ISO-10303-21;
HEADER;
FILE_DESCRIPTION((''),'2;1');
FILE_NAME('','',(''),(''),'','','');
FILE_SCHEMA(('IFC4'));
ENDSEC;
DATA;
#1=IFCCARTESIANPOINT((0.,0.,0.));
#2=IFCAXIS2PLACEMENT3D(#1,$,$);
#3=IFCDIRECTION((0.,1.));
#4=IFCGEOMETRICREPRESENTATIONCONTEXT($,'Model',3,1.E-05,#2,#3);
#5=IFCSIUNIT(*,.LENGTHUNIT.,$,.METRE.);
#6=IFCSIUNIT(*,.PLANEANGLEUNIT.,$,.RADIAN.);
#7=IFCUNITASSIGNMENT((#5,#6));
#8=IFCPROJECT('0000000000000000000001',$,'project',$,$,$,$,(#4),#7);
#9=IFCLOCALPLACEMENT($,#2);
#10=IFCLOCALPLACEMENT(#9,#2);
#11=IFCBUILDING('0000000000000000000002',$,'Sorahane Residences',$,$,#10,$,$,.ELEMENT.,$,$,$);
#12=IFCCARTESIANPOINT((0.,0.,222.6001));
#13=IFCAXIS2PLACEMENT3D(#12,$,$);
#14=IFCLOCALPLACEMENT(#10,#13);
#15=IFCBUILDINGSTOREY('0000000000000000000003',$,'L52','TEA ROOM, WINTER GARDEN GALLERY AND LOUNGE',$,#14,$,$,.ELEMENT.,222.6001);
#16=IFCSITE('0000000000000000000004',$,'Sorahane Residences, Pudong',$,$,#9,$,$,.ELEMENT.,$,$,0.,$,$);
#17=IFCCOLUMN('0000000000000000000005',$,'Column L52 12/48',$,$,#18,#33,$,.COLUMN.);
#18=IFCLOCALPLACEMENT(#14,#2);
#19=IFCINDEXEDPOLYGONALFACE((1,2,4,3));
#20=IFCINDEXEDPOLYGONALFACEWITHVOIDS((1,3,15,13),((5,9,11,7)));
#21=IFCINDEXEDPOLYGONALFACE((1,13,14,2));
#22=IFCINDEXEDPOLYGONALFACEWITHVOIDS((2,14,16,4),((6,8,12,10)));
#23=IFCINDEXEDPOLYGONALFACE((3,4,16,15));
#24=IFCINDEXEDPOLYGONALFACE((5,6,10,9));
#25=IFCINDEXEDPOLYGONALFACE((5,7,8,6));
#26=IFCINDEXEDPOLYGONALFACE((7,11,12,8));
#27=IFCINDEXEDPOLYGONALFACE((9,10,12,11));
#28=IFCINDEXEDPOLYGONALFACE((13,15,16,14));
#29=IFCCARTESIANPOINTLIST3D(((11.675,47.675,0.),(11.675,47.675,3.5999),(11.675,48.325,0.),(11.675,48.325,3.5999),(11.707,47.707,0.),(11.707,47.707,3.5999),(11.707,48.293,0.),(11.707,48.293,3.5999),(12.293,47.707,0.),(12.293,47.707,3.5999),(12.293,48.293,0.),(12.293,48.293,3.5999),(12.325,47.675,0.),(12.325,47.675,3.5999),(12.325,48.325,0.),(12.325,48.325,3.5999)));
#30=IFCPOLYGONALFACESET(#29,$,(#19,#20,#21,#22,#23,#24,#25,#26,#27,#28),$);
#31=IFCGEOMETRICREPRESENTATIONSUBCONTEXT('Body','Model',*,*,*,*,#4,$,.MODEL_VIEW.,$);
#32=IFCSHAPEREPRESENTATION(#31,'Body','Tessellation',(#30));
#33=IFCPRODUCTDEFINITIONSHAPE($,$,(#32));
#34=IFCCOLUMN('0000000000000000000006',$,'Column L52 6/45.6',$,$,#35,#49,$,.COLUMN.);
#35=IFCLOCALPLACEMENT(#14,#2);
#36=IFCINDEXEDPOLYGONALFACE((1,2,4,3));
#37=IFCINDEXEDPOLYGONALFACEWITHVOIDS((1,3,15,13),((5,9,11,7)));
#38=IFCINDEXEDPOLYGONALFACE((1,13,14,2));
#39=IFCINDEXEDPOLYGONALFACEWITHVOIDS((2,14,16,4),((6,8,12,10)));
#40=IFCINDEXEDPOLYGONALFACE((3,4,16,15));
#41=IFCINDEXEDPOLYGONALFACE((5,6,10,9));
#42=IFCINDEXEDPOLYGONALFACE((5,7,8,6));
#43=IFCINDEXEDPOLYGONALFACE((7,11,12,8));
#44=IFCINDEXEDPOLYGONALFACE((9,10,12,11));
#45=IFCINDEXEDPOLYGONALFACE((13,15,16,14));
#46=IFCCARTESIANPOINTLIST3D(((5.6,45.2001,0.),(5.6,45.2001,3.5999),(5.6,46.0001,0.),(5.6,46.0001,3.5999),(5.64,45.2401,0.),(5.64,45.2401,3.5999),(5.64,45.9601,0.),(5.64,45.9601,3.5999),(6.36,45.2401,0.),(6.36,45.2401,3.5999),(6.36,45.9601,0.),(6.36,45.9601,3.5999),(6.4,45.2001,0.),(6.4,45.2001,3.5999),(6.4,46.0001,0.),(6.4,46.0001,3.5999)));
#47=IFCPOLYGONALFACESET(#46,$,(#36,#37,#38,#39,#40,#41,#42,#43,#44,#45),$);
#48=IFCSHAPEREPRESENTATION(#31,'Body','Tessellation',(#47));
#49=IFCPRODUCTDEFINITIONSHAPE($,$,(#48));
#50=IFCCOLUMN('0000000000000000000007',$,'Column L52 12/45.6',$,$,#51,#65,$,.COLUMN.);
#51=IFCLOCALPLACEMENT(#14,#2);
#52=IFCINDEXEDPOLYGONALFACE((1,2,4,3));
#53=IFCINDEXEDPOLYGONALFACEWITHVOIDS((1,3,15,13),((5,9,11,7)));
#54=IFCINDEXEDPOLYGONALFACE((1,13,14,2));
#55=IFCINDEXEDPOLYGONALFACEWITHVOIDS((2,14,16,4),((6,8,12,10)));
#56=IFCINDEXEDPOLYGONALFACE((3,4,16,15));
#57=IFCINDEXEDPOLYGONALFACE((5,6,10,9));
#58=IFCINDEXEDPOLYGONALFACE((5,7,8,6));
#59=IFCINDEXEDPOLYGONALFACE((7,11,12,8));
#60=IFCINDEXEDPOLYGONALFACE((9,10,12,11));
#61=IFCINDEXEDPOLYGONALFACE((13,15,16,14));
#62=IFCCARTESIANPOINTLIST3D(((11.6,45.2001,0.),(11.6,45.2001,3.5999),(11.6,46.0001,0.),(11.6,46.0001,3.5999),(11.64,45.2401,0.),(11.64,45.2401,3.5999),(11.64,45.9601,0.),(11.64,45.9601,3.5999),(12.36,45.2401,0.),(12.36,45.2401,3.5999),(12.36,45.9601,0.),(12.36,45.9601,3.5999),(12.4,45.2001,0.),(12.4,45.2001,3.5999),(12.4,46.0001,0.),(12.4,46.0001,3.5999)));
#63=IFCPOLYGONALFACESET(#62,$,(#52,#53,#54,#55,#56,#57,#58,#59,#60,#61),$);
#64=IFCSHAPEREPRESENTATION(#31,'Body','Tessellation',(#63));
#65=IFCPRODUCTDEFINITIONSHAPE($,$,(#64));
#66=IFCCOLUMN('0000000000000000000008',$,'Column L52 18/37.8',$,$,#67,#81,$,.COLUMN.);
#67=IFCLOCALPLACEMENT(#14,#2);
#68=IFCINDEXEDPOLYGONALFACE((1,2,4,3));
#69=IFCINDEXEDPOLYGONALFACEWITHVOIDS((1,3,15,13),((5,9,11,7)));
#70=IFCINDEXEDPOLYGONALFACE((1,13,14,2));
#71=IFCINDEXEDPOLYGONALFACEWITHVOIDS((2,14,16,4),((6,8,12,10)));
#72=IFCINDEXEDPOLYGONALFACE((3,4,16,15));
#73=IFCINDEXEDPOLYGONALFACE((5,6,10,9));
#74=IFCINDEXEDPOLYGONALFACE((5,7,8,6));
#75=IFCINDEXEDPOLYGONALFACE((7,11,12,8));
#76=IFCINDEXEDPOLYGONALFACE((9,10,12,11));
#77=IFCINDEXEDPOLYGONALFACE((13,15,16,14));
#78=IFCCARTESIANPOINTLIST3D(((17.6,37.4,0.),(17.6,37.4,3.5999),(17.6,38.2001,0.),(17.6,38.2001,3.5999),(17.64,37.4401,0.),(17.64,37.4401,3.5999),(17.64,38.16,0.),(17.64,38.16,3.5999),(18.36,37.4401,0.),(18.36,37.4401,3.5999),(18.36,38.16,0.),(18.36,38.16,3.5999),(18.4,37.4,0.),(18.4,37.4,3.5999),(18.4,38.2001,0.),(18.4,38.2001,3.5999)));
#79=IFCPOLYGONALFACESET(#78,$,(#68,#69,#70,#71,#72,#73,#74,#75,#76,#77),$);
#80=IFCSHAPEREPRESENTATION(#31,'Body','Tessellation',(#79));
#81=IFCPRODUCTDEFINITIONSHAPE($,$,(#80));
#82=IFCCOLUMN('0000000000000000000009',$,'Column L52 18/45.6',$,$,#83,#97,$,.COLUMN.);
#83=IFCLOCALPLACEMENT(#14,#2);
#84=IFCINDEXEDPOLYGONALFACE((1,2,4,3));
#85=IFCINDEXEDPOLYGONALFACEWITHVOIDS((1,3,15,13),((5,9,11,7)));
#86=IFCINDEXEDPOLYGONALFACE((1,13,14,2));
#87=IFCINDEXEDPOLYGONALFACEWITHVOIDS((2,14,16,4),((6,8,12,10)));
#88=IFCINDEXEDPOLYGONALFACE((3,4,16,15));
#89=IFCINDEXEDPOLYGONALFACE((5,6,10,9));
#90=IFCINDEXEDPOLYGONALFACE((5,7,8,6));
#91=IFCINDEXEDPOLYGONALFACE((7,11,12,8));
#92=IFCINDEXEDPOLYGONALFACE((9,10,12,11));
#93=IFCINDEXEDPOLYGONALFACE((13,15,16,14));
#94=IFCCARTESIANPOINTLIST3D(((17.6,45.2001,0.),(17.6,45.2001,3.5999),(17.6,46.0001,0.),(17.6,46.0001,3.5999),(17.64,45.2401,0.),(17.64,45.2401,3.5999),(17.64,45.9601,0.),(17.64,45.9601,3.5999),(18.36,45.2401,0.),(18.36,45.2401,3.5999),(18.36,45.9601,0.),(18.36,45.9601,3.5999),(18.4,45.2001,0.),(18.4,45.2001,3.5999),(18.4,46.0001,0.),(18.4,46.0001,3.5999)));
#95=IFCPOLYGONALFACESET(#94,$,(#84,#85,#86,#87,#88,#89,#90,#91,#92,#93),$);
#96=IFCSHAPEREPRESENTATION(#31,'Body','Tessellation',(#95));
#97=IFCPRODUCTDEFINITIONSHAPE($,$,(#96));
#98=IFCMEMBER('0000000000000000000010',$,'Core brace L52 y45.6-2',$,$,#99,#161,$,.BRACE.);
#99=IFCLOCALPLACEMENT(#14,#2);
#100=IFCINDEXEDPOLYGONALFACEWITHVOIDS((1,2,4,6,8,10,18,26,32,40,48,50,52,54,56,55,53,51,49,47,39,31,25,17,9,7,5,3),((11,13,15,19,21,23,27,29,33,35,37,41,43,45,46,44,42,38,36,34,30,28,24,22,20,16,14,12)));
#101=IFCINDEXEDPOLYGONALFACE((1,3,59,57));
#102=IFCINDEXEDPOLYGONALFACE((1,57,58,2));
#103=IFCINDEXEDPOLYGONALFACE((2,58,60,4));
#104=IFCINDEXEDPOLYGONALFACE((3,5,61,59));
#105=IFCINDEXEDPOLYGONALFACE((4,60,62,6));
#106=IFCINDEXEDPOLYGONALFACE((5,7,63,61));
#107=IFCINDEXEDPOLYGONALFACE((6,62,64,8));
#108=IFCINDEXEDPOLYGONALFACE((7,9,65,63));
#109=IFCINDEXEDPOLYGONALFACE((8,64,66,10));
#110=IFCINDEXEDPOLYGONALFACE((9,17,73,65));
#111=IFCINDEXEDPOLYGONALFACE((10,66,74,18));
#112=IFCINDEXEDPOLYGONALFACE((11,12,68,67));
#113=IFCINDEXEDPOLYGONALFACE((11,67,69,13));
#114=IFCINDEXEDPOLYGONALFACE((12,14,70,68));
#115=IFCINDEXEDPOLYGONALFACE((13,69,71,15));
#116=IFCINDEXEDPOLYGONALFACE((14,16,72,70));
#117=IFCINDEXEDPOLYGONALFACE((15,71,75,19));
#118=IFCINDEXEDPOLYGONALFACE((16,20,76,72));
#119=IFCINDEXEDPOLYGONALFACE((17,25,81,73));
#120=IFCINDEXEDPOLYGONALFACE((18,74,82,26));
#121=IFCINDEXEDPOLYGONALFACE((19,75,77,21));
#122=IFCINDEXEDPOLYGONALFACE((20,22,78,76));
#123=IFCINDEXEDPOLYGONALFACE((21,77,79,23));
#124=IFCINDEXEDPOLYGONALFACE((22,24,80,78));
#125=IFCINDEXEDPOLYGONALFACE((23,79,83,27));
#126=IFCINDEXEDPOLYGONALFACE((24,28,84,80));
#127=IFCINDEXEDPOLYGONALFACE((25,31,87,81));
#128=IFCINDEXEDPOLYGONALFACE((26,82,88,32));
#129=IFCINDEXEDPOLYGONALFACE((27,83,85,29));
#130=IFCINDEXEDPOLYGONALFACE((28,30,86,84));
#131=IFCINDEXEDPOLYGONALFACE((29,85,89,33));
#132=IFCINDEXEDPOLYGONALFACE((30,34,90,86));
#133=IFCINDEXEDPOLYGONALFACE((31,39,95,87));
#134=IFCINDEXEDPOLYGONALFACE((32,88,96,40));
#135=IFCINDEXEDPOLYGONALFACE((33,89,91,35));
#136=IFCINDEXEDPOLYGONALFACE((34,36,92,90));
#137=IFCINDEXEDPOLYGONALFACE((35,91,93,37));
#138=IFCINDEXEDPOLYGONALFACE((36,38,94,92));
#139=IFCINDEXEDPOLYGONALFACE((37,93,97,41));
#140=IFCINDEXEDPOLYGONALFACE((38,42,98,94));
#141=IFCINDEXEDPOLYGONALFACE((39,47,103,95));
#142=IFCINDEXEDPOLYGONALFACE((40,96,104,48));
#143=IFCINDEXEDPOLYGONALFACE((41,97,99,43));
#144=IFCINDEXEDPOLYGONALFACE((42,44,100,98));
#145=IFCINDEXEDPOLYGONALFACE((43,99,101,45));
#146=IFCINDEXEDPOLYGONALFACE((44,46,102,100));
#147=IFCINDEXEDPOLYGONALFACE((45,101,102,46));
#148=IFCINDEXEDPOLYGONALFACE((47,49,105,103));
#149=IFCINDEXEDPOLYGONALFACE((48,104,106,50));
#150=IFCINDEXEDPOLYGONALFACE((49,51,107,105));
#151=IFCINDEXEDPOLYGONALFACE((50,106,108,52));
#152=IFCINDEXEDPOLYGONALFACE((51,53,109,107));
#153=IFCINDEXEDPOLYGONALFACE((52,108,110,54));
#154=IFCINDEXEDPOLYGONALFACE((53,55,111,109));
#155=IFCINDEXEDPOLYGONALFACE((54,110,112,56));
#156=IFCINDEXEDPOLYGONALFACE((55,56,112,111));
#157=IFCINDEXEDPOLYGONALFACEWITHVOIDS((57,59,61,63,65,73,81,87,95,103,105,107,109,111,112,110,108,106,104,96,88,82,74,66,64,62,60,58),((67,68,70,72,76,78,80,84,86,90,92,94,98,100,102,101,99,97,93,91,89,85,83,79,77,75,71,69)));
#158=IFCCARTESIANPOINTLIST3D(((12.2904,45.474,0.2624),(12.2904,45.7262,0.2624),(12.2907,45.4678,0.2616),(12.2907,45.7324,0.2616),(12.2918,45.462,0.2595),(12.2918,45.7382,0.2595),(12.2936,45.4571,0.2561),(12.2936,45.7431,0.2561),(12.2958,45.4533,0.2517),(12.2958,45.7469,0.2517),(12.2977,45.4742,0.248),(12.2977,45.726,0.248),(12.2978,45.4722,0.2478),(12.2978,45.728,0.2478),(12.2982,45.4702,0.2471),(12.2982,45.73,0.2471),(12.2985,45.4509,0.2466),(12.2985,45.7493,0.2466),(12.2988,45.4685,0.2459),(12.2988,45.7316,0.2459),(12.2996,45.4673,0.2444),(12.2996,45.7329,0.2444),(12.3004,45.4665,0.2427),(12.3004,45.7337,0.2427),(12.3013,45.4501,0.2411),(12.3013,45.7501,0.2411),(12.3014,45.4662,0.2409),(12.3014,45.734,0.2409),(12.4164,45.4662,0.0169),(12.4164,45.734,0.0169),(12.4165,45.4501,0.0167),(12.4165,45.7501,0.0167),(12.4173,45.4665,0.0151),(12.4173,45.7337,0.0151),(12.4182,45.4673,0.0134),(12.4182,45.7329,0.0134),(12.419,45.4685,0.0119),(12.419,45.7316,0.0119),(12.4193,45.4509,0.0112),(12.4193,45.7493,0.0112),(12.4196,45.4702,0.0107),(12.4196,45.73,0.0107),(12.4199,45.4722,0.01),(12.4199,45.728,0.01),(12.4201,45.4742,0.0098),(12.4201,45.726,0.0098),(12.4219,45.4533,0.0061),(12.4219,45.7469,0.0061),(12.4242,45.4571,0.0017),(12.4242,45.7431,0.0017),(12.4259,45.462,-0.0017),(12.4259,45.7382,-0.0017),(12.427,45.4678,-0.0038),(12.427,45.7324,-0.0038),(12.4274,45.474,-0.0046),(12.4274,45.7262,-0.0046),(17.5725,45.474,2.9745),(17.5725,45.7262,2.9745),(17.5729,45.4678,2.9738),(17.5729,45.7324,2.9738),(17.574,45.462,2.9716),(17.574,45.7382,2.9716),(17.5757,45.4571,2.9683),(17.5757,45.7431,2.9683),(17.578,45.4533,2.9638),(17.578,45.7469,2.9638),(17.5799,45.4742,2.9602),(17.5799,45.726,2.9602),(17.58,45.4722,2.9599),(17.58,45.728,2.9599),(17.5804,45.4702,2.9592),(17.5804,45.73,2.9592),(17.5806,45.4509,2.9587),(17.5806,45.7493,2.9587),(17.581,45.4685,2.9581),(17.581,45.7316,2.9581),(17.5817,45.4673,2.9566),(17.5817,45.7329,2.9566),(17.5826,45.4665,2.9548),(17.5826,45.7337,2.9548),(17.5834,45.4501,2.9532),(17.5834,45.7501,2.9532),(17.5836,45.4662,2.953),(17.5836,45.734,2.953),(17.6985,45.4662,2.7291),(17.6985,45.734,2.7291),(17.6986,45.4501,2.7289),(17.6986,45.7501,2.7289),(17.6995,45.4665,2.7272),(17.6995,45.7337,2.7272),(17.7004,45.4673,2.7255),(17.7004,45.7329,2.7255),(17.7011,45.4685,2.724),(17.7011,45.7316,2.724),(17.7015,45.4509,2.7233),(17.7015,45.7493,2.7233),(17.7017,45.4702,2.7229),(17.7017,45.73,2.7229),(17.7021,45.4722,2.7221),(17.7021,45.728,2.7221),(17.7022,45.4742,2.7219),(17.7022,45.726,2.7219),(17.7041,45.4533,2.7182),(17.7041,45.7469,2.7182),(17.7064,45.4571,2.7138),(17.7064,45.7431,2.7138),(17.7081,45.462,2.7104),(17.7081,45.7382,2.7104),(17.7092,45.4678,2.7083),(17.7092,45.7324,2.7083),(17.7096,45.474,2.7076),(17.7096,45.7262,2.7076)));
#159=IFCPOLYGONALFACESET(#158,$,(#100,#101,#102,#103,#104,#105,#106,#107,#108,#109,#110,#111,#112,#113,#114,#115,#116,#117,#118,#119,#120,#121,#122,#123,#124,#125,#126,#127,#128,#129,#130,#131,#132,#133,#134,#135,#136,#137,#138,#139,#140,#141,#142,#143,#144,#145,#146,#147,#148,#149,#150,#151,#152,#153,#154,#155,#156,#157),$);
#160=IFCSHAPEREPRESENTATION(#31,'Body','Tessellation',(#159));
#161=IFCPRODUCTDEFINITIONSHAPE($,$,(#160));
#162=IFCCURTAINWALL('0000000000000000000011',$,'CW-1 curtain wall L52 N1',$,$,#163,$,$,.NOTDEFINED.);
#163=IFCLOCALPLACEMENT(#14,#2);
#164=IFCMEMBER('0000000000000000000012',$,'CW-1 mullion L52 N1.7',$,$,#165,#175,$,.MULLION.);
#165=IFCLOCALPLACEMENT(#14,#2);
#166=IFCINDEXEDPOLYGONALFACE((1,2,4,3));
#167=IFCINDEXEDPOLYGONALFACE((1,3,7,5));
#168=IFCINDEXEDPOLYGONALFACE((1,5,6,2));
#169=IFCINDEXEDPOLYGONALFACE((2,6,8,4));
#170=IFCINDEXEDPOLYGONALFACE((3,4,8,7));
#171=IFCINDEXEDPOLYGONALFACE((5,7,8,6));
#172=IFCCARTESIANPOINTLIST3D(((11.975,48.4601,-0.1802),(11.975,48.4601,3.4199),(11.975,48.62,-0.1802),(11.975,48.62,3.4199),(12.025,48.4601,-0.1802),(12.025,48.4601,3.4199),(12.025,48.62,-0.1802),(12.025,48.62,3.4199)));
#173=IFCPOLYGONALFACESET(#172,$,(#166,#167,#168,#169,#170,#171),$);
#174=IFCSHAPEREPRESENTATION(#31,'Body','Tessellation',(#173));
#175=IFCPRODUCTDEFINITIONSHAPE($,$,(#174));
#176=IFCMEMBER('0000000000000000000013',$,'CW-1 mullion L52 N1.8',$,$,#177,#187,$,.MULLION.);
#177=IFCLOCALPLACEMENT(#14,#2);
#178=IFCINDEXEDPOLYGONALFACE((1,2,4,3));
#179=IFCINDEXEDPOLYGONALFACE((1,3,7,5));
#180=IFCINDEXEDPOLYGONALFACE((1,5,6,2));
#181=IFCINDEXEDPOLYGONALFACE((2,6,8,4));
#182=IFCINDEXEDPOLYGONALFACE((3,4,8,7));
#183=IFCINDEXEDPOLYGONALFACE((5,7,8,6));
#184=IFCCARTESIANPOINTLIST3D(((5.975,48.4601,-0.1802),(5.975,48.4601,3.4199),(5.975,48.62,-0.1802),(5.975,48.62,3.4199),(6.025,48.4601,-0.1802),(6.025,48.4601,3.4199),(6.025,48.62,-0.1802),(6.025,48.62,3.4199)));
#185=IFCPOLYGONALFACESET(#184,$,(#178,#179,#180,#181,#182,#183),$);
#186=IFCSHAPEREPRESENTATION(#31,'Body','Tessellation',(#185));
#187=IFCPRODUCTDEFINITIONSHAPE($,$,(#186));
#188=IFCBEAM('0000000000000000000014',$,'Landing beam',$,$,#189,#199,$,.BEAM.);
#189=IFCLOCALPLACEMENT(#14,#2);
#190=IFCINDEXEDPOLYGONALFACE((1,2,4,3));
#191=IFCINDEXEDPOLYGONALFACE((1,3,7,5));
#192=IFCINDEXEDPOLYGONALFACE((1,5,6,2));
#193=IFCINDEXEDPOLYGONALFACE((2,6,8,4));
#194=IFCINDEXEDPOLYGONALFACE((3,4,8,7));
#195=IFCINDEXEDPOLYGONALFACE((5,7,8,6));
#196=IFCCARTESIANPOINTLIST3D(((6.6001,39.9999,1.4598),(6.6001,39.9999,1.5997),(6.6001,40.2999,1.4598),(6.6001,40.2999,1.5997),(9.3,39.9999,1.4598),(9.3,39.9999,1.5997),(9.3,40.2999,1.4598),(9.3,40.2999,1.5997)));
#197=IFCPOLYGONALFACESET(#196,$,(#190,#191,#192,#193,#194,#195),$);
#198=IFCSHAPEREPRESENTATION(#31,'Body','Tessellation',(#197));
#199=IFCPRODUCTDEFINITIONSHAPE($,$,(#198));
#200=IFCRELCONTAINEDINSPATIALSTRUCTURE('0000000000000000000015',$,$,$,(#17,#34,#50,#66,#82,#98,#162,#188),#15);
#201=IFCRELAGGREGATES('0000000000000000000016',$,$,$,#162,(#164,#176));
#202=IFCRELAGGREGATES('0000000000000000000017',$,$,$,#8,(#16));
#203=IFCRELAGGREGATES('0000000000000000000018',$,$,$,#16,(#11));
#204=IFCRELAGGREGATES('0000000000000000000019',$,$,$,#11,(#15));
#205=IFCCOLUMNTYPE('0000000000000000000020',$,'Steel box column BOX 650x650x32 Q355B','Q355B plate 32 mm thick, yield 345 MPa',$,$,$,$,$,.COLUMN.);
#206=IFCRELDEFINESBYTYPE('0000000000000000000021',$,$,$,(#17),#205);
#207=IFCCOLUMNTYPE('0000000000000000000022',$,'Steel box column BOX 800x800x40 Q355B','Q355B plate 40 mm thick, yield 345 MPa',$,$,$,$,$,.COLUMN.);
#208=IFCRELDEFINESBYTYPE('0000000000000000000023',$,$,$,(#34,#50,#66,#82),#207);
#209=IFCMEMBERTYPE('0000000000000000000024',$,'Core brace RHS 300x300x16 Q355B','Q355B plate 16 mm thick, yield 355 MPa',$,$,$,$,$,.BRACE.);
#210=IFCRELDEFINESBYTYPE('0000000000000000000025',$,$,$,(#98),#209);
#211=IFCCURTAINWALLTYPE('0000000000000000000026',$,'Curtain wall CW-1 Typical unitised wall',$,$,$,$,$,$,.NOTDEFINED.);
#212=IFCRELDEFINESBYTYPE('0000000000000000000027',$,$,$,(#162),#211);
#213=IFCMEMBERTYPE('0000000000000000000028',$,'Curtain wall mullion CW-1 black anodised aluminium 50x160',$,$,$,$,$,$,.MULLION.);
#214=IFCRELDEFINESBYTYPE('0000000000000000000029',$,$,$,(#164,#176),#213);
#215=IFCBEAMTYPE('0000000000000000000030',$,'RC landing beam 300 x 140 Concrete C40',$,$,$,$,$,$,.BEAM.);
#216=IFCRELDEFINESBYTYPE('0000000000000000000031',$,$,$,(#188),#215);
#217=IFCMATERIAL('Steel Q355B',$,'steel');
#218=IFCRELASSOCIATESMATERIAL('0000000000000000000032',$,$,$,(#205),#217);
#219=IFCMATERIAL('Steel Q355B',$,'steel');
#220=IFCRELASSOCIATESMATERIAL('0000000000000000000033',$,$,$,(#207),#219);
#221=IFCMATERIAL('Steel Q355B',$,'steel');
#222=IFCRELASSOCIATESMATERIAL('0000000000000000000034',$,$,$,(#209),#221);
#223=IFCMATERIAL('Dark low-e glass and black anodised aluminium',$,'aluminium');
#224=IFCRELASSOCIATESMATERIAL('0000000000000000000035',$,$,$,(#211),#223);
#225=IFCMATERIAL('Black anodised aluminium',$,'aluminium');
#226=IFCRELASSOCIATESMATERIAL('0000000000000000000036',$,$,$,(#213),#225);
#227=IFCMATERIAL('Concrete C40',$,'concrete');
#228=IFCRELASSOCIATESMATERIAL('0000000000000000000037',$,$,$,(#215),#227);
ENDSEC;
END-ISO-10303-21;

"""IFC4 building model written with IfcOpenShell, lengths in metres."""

from ifc_helpers import new_model, si_unit, direction, frame, origin, origin_2d, place, context, subcontext, project, spatial, rectangle, hollow_rectangle, extrude, material, material_profile, profile_set, type_object, element, aggregate, save


model = new_model("IFC4")

# Units and contexts
model_context = context("Model", 3, precision=1e-05, world=origin(), true_north=direction((0.0, 1.0)))
body_context = subcontext(model_context, "Body", "Model", "MODEL_VIEW")
ifc_project = project(units=[si_unit("LENGTHUNIT", "METRE"), si_unit("PLANEANGLEUNIT", "RADIAN")], contexts=[model_context])

# Site, building, storey
site_placement = place(None, origin())
site = spatial("IfcSite", under=ifc_project, at=site_placement, Name="Sorahane Residences, Pudong", CompositionType="ELEMENT", RefElevation=0.0)
building_placement = place(site_placement, origin())
building = spatial("IfcBuilding", under=site, at=building_placement, Name="Sorahane Residences", CompositionType="ELEMENT")
storey_placement = place(building_placement, frame((0.0, 0.0, 222.6001)))
storey = spatial("IfcBuildingStorey", under=building, at=storey_placement, Name="L52", Description="TEA ROOM, WINTER GARDEN GALLERY AND LOUNGE", CompositionType="ELEMENT", Elevation=222.6001)

# Columns
ifc_material_1 = material(Name="Steel Q355B", Category="steel")
ifc_material_profile_1 = material_profile(ifc_material_1, hollow_rectangle(XDim=0.6499, YDim=0.6499, WallThickness=0.032, at=origin_2d()), Name="BOX 650x650x32")
ifc_profile_set_1 = profile_set([ifc_material_profile_1], Name="Steel Q355B")
column_type_1 = type_object("IfcColumnType", Name="Steel box column BOX 650x650x32 Q355B", Description="Q355B plate 32 mm thick, yield 345 MPa", PredefinedType="COLUMN", material=ifc_profile_set_1)
column_placement = place(storey_placement, frame((12.0, 48.0, 0.0), z_axis=(0.0, 0.0, 1.0), x_axis=(1.0, 0.0, 0.0)))
element("IfcColumn", 1, at=column_placement, inside=storey, type_object=column_type_1, Name="Column L52 12/48", PredefinedType="COLUMN", context=body_context, shape_type="SweptSolid", body=[
    extrude(hollow_rectangle(XDim=0.6499, YDim=0.6499, WallThickness=0.032, at=origin_2d()), origin(), (0.0, 0.0, 1.0), 3.5999),
])
ifc_material_2 = material(Name="Steel Q355B", Category="steel")
ifc_material_profile_2 = material_profile(ifc_material_2, hollow_rectangle(XDim=0.8, YDim=0.8, WallThickness=0.04, at=origin_2d()), Name="BOX 800x800x40")
ifc_profile_set_2 = profile_set([ifc_material_profile_2], Name="Steel Q355B")
column_type_2 = type_object("IfcColumnType", Name="Steel box column BOX 800x800x40 Q355B", Description="Q355B plate 40 mm thick, yield 345 MPa", PredefinedType="COLUMN", material=ifc_profile_set_2)
for number, where, z_axis, x_axis, name in (
    (2, (6.0, 45.6001, 0.0), (0.0, 0.0, 1.0), (1.0, 0.0, 0.0), "Column L52 6/45.6"),
    (3, (12.0, 45.6001, 0.0), (0.0, 0.0, 1.0), (1.0, 0.0, 0.0), "Column L52 12/45.6"),
    (4, (18.0, 37.8, 0.0), (0.0, 0.0, 1.0), (1.0, 0.0, 0.0), "Column L52 18/37.8"),
    (5, (18.0, 45.6001, 0.0), (0.0, 0.0, 1.0), (1.0, 0.0, 0.0), "Column L52 18/45.6"),
):
    element("IfcColumn", number, at=place(storey_placement, frame(where, z_axis=z_axis, x_axis=x_axis)), inside=storey, type_object=column_type_2, Name=name, PredefinedType="COLUMN", context=body_context, shape_type="SweptSolid", body=[
        extrude(hollow_rectangle(XDim=0.8, YDim=0.8, WallThickness=0.04, at=origin_2d()), origin(), (0.0, 0.0, 1.0), 3.5999),
    ])

# Member
ifc_material_3 = material(Name="Steel Q355B", Category="steel")
ifc_material_profile_3 = material_profile(ifc_material_3, hollow_rectangle(XDim=0.3, YDim=0.3, WallThickness=0.0161, InnerFilletRadius=0.0081, OuterFilletRadius=0.0239, at=origin_2d()), Name="RHS 300x300x16")
ifc_profile_set_3 = profile_set([ifc_material_profile_3], Name="Steel Q355B")
member_type_1 = type_object("IfcMemberType", Name="Core brace RHS 300x300x16 Q355B", Description="Q355B plate 16 mm thick, yield 355 MPa", PredefinedType="BRACE", material=ifc_profile_set_3)
member_1_placement = place(storey_placement, frame((12.3589, 45.6001, 0.1289), z_axis=(0.88959, 0.0, 0.45676), x_axis=(0.0, 1.0, 0.0)))
element("IfcMember", 6, at=member_1_placement, inside=storey, type_object=member_type_1, Name="Core brace L52 y45.6-2", PredefinedType="BRACE", context=body_context, shape_type="SweptSolid", body=[
    extrude(hollow_rectangle(XDim=0.3, YDim=0.3, WallThickness=0.0161, InnerFilletRadius=0.0081, OuterFilletRadius=0.0239, at=origin_2d()), origin(), (0.0, 0.0, 1.0), 5.9377),
])

# Curtain wall, members
ifc_material_4 = material(Name="Dark low-e glass and black anodised aluminium", Category="aluminium")
curtain_wall_type = type_object("IfcCurtainWallType", Name="Curtain wall CW-1 Typical unitised wall", PredefinedType="NOTDEFINED", material=ifc_material_4)
curtain_wall_placement = place(storey_placement, origin())
curtain_wall = element("IfcCurtainWall", 7, at=curtain_wall_placement, inside=storey, type_object=curtain_wall_type, Name="CW-1 curtain wall L52 N1", PredefinedType="NOTDEFINED")
ifc_material_5 = material(Name="Black anodised aluminium", Category="aluminium")
ifc_material_profile_4 = material_profile(ifc_material_5, rectangle(XDim=0.1599, YDim=0.05, at=origin_2d()), Name="Curtain wall mullion CW-1 black anodised aluminium 50x160")
ifc_profile_set_4 = profile_set([ifc_material_profile_4], Name="Black anodised aluminium")
member_type_2 = type_object("IfcMemberType", Name="Curtain wall mullion CW-1 black anodised aluminium 50x160", PredefinedType="MULLION", material=ifc_profile_set_4)
member_2_placement = place(storey_placement, frame((12.0, 48.54, -0.1802), z_axis=(0.0, 0.0, 1.0), x_axis=(0.0, 1.0, 0.0)))
member_2 = element("IfcMember", 8, at=member_2_placement, type_object=member_type_2, Name="CW-1 mullion L52 N1.7", PredefinedType="MULLION", context=body_context, shape_type="SweptSolid", body=[
    extrude(rectangle(XDim=0.1599, YDim=0.05, at=origin_2d()), origin(), (0.0, 0.0, 1.0), 3.6001),
])
member_3_placement = place(storey_placement, frame((6.0, 48.54, -0.1802), z_axis=(0.0, 0.0, 1.0), x_axis=(0.0, 1.0, 0.0)))
member_3 = element("IfcMember", 9, at=member_3_placement, type_object=member_type_2, Name="CW-1 mullion L52 N1.8", PredefinedType="MULLION", context=body_context, shape_type="SweptSolid", body=[
    extrude(rectangle(XDim=0.1599, YDim=0.05, at=origin_2d()), origin(), (0.0, 0.0, 1.0), 3.6001),
])

# Beam
ifc_material_6 = material(Name="Concrete C40", Category="concrete")
ifc_material_profile_5 = material_profile(ifc_material_6, rectangle(XDim=0.3, YDim=0.1399, at=origin_2d()), Name="300x140")
ifc_profile_set_5 = profile_set([ifc_material_profile_5], Name="Concrete C40")
beam_type_1 = type_object("IfcBeamType", Name="RC landing beam 300 x 140 Concrete C40", PredefinedType="BEAM", material=ifc_profile_set_5)
beam_1_placement = place(storey_placement, frame((6.6001, 40.1499, 1.5298), z_axis=(1.0, 0.0, 0.0), x_axis=(0.0, 1.0, 0.0)))
element("IfcBeam", 10, at=beam_1_placement, inside=storey, type_object=beam_type_1, Name="Landing beam", PredefinedType="BEAM", context=body_context, shape_type="SweptSolid", body=[
    extrude(rectangle(XDim=0.3, YDim=0.1399, at=origin_2d()), origin(), (0.0, 0.0, 1.0), 2.7),
])

aggregate(curtain_wall, [member_2, member_3])

save(model, "model.ifc")
